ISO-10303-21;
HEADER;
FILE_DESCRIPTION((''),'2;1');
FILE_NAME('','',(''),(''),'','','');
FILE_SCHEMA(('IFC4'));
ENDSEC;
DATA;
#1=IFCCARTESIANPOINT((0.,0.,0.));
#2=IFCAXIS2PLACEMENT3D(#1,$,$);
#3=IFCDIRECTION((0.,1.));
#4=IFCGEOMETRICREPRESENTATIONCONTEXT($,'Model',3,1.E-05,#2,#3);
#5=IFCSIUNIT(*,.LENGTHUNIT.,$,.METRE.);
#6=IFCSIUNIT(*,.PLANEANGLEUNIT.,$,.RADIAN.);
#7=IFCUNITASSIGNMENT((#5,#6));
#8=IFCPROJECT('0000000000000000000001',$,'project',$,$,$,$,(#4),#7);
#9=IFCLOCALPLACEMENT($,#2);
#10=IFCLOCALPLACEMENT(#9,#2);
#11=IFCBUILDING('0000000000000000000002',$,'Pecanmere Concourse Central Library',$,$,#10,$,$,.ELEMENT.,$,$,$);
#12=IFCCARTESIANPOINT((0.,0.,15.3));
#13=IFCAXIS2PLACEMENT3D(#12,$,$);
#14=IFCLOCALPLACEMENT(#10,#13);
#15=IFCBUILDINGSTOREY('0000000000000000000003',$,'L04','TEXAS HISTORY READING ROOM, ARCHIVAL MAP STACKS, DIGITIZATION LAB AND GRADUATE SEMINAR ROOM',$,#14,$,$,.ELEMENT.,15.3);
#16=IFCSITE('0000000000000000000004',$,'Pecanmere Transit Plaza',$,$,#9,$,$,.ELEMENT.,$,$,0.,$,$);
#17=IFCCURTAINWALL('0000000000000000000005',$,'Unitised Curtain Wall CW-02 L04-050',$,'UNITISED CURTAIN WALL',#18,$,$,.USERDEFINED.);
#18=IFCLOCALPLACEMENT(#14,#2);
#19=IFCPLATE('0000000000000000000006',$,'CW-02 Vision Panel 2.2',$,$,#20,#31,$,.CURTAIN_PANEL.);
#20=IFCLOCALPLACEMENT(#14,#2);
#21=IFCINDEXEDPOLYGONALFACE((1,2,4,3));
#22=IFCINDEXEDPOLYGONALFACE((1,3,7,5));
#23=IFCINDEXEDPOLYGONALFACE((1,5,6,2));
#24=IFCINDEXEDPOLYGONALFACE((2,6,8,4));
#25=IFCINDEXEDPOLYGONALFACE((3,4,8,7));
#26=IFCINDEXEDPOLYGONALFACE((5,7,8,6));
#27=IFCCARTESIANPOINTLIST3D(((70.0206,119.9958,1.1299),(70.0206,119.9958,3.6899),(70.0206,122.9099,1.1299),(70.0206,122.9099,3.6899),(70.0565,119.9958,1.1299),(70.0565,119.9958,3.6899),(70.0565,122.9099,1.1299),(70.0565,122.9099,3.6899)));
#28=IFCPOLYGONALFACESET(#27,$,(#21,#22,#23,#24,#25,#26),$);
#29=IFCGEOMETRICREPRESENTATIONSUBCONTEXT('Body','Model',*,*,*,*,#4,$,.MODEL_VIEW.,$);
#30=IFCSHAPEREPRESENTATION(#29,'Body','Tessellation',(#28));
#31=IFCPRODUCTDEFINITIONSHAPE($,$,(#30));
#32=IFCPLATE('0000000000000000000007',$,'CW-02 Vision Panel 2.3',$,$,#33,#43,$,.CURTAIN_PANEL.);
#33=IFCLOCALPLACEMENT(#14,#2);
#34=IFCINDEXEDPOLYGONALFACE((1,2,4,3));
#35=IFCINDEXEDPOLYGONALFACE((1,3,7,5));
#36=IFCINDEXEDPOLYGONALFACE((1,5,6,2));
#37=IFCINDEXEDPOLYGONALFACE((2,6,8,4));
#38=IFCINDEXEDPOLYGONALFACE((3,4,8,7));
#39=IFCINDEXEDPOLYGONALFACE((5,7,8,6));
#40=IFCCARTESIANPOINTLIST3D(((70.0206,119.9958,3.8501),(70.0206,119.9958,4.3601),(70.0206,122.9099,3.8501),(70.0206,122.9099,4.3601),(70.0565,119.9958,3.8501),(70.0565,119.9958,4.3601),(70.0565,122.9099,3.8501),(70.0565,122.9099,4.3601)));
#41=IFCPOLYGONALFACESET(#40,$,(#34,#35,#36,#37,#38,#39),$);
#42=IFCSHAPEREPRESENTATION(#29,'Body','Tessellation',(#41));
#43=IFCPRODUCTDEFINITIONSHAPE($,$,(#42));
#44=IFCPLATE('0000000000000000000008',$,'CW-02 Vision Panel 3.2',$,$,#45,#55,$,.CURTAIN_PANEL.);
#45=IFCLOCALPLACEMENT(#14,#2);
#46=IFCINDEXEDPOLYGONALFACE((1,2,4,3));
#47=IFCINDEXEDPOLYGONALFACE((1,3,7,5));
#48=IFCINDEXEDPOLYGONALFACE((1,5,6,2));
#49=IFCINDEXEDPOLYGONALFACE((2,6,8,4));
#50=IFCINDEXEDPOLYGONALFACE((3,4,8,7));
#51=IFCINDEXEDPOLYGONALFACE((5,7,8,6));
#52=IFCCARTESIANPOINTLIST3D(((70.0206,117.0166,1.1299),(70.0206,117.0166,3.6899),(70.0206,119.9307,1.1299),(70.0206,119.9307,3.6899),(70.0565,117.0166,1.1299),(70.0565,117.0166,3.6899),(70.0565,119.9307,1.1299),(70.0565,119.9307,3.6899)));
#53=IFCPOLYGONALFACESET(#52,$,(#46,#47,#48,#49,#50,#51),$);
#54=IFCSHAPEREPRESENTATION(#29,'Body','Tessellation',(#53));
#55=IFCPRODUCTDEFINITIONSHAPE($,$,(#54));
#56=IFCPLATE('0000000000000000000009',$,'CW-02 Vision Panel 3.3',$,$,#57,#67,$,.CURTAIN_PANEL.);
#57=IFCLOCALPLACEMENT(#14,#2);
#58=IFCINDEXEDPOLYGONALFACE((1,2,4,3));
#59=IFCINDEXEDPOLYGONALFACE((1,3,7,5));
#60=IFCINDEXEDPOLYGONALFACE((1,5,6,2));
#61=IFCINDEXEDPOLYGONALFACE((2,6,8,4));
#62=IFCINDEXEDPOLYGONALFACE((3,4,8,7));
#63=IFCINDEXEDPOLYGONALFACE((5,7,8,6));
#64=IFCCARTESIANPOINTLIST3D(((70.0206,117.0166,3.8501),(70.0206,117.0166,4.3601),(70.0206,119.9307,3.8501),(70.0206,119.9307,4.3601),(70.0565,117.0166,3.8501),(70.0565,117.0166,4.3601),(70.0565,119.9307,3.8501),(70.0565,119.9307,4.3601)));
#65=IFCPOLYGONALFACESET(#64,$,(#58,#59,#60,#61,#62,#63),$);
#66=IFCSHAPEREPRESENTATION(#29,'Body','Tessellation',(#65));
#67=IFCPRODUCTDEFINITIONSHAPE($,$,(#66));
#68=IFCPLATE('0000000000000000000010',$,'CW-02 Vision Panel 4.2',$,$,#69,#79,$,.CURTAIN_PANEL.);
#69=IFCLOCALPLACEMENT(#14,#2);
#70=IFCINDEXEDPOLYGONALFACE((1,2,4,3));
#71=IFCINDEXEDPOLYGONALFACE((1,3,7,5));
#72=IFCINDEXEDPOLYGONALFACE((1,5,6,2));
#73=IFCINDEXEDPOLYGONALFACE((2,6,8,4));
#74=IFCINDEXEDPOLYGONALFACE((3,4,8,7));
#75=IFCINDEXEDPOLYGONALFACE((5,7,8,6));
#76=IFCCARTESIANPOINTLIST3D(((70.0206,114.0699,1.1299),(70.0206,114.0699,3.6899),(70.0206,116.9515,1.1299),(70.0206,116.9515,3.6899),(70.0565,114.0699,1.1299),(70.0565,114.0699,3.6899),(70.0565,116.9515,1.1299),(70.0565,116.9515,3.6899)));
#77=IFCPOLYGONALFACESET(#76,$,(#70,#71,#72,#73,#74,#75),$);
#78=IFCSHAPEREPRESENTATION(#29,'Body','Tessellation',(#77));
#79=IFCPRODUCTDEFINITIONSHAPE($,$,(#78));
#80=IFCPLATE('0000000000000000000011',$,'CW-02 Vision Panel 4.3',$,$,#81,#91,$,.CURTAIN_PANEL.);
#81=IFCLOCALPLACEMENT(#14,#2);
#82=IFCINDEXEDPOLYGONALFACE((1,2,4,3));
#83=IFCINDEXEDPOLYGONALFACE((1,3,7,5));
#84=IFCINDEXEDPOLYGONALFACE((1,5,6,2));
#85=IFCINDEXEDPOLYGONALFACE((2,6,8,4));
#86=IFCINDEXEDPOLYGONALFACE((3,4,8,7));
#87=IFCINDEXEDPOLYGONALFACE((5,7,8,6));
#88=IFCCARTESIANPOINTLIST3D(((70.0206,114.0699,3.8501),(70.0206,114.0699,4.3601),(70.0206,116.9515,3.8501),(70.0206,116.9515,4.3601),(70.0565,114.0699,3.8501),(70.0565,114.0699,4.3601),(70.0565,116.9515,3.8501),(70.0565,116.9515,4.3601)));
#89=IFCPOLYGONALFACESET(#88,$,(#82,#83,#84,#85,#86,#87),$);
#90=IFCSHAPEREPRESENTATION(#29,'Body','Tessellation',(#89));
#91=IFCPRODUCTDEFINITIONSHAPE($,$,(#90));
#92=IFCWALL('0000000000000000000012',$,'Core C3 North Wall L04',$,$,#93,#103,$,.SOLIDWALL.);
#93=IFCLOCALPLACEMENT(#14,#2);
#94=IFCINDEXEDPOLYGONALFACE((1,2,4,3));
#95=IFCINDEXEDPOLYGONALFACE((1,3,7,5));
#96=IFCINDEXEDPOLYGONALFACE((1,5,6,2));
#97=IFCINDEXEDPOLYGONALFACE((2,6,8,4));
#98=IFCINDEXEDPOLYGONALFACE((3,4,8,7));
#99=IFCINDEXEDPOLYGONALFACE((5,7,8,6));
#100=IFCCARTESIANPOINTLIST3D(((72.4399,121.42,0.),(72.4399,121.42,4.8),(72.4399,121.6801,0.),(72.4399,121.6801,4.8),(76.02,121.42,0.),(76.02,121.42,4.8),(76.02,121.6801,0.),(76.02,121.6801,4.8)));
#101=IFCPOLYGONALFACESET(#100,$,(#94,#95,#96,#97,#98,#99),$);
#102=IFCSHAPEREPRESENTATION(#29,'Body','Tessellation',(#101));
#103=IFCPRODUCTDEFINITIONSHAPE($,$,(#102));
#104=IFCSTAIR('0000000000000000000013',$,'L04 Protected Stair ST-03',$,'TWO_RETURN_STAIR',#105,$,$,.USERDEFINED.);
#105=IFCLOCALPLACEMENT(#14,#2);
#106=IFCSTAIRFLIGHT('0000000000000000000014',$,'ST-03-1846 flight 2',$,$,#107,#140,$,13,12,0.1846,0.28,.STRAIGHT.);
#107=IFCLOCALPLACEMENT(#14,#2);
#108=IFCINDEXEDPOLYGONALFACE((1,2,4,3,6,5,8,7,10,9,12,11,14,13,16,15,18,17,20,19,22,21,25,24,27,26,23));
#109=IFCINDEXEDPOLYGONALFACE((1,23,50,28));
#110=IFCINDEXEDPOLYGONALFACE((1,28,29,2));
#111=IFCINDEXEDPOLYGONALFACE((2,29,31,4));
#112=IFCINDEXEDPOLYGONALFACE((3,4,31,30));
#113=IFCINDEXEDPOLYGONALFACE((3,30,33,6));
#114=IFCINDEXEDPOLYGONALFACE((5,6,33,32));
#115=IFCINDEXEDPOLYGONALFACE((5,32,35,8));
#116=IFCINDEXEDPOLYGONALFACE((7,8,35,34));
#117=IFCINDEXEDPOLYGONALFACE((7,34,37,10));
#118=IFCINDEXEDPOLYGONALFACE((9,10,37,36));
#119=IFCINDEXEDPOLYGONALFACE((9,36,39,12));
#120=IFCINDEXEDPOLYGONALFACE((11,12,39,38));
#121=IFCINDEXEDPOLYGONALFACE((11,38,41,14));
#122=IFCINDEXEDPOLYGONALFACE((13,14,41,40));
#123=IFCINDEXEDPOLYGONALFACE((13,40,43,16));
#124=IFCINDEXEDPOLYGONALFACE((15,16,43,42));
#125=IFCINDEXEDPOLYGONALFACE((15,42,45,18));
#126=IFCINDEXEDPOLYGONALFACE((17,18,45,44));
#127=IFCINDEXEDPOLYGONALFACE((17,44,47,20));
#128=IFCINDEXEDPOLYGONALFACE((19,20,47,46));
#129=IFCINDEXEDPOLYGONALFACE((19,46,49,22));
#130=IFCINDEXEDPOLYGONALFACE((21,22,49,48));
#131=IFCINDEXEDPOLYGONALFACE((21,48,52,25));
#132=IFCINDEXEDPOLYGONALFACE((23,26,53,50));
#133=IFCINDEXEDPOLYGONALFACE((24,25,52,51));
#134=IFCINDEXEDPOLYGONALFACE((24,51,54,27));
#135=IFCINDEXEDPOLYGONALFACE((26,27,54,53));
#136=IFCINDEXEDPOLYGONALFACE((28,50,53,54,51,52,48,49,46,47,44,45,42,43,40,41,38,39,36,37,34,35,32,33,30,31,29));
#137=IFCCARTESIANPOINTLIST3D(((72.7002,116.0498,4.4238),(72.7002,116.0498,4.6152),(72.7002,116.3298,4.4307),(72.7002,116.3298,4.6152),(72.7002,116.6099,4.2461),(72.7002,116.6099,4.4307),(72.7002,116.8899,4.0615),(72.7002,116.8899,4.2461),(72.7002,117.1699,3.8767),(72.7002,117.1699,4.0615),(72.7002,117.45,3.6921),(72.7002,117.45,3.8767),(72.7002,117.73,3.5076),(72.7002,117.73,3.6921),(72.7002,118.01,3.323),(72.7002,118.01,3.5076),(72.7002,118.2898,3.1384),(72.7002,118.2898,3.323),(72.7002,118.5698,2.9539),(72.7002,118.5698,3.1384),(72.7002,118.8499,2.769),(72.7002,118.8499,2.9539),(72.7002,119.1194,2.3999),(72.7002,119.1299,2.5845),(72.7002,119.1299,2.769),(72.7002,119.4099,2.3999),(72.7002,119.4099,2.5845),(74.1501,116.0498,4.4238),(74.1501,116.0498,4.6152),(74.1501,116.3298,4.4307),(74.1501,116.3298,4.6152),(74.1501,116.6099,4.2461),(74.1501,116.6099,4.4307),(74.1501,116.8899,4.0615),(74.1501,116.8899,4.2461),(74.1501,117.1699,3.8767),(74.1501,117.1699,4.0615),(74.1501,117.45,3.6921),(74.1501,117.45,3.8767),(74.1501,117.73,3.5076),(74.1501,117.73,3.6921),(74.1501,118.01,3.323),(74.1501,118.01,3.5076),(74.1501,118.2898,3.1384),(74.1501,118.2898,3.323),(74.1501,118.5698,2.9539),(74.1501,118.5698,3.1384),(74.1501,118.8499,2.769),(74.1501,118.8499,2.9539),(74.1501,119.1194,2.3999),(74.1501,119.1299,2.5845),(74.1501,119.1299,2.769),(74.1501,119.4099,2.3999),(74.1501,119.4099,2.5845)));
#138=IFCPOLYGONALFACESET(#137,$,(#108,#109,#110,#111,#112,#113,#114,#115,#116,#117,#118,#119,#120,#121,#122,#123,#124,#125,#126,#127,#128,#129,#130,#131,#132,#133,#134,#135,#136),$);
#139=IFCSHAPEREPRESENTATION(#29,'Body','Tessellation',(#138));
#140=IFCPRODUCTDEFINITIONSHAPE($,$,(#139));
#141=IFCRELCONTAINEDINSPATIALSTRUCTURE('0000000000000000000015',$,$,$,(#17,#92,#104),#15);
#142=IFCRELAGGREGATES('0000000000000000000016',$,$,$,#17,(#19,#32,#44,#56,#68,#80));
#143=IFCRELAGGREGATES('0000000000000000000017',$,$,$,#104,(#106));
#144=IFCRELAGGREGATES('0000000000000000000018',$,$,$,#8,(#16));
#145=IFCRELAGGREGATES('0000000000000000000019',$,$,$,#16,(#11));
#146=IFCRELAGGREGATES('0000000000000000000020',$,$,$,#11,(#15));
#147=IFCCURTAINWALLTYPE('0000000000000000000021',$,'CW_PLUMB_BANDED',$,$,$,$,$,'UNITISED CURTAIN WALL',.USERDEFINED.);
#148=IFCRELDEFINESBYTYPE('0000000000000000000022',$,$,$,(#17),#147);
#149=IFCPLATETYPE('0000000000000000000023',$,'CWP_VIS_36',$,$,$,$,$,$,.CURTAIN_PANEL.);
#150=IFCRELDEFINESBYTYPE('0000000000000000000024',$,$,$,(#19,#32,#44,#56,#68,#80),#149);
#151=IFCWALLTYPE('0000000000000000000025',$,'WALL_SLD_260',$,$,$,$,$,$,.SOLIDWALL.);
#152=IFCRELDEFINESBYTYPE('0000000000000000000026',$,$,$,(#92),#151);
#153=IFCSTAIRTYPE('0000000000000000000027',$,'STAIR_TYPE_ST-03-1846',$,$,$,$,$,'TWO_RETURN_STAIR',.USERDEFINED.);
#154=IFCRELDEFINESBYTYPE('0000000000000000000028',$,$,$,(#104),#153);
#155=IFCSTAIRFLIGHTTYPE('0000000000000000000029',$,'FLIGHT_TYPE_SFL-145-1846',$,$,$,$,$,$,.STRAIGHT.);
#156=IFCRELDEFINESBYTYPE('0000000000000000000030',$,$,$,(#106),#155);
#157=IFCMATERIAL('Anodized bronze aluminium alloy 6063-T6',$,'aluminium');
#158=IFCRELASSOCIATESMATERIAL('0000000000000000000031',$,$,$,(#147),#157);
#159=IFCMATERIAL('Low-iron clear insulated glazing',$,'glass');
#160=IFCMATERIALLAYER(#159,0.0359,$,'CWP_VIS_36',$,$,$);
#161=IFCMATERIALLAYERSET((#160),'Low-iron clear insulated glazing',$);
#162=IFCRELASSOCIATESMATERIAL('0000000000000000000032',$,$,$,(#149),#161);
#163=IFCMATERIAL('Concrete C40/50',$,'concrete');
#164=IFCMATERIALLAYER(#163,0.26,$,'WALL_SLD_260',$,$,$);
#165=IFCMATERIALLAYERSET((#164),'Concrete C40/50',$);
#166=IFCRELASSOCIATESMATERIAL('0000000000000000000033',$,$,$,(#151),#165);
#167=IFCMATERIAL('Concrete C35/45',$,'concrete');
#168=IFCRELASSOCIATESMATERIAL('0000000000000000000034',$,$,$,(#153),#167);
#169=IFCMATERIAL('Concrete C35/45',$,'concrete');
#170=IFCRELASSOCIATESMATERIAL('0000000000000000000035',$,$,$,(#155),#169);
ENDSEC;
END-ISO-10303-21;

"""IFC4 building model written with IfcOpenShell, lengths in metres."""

from ifc_helpers import new_model, si_unit, direction, frame, frame_2d, origin, origin_2d, place, context, subcontext, project, spatial, polyline, rectangle, outline, extrude, material, layer, layer_set, type_object, element, aggregate, save


model = new_model("IFC4")

# Units and contexts
model_context = context("Model", 3, precision=1e-05, world=origin(), true_north=direction((0.0, 1.0)))
body_context = subcontext(model_context, "Body", "Model", "MODEL_VIEW")
ifc_project = project(units=[si_unit("LENGTHUNIT", "METRE"), si_unit("PLANEANGLEUNIT", "RADIAN")], contexts=[model_context])

# Site, building, storey
site_placement = place(None, origin())
site = spatial("IfcSite", under=ifc_project, at=site_placement, Name="Pecanmere Transit Plaza", CompositionType="ELEMENT", RefElevation=0.0)
building_placement = place(site_placement, origin())
building = spatial("IfcBuilding", under=site, at=building_placement, Name="Pecanmere Concourse Central Library", CompositionType="ELEMENT")
storey_placement = place(building_placement, frame((0.0, 0.0, 15.3)))
storey = spatial("IfcBuildingStorey", under=building, at=storey_placement, Name="L04", Description="TEXAS HISTORY READING ROOM, ARCHIVAL MAP STACKS, DIGITIZATION LAB AND GRADUATE SEMINAR ROOM", CompositionType="ELEMENT", Elevation=15.3)

# Curtain wall, plates
ifc_material_1 = material(Name="Anodized bronze aluminium alloy 6063-T6", Category="aluminium")
curtain_wall_type = type_object("IfcCurtainWallType", Name="CW_PLUMB_BANDED", ElementType="UNITISED CURTAIN WALL", PredefinedType="USERDEFINED", material=ifc_material_1)
curtain_wall_placement = place(storey_placement, origin())
curtain_wall = element("IfcCurtainWall", 1, at=curtain_wall_placement, inside=storey, type_object=curtain_wall_type, Name="Unitised Curtain Wall CW-02 L04-050", ObjectType="UNITISED CURTAIN WALL", PredefinedType="USERDEFINED")
ifc_material_2 = material(Name="Low-iron clear insulated glazing", Category="glass")
ifc_layer_1 = layer(ifc_material_2, 0.0359, Name="CWP_VIS_36")
ifc_layer_set_1 = layer_set([ifc_layer_1], Name="Low-iron clear insulated glazing")
plate_type_1 = type_object("IfcPlateType", Name="CWP_VIS_36", PredefinedType="CURTAIN_PANEL", material=ifc_layer_set_1)
plate_1_placement = place(storey_placement, frame((70.0386, 121.4529, 1.1299), z_axis=(0.0, 0.0, 1.0), x_axis=(0.0, -1.0, 0.0)))
plate_1 = element("IfcPlate", 2, at=plate_1_placement, type_object=plate_type_1, Name="CW-02 Vision Panel 2.2", PredefinedType="CURTAIN_PANEL", context=body_context, shape_type="SweptSolid", body=[
    extrude(rectangle(XDim=2.9141, YDim=0.0359, at=origin_2d()), origin(), (0.0, 0.0, 1.0), 2.5601),
])
plate_2_placement = place(storey_placement, frame((70.0386, 121.4529, 3.8501), z_axis=(0.0, 0.0, 1.0), x_axis=(0.0, -1.0, 0.0)))
plate_2 = element("IfcPlate", 3, at=plate_2_placement, type_object=plate_type_1, Name="CW-02 Vision Panel 2.3", PredefinedType="CURTAIN_PANEL", context=body_context, shape_type="SweptSolid", body=[
    extrude(rectangle(XDim=2.9141, YDim=0.0359, at=origin_2d()), origin(), (0.0, 0.0, 1.0), 0.51),
])
plate_3_placement = place(storey_placement, frame((70.0386, 118.4736, 1.1299), z_axis=(0.0, 0.0, 1.0), x_axis=(0.0, -1.0, 0.0)))
plate_3 = element("IfcPlate", 4, at=plate_3_placement, type_object=plate_type_1, Name="CW-02 Vision Panel 3.2", PredefinedType="CURTAIN_PANEL", context=body_context, shape_type="SweptSolid", body=[
    extrude(rectangle(XDim=2.9141, YDim=0.0359, at=origin_2d()), origin(), (0.0, 0.0, 1.0), 2.5601),
])
plate_4_placement = place(storey_placement, frame((70.0386, 118.4736, 3.8501), z_axis=(0.0, 0.0, 1.0), x_axis=(0.0, -1.0, 0.0)))
plate_4 = element("IfcPlate", 5, at=plate_4_placement, type_object=plate_type_1, Name="CW-02 Vision Panel 3.3", PredefinedType="CURTAIN_PANEL", context=body_context, shape_type="SweptSolid", body=[
    extrude(rectangle(XDim=2.9141, YDim=0.0359, at=origin_2d()), origin(), (0.0, 0.0, 1.0), 0.51),
])
plate_5_placement = place(storey_placement, frame((70.0386, 115.5107, 1.1299), z_axis=(0.0, 0.0, 1.0), x_axis=(0.0, -1.0, 0.0)))
plate_5 = element("IfcPlate", 6, at=plate_5_placement, type_object=plate_type_1, Name="CW-02 Vision Panel 4.2", PredefinedType="CURTAIN_PANEL", context=body_context, shape_type="SweptSolid", body=[
    extrude(rectangle(XDim=2.8816, YDim=0.0359, at=origin_2d()), origin(), (0.0, 0.0, 1.0), 2.5601),
])
plate_6_placement = place(storey_placement, frame((70.0386, 115.5107, 3.8501), z_axis=(0.0, 0.0, 1.0), x_axis=(0.0, -1.0, 0.0)))
plate_6 = element("IfcPlate", 7, at=plate_6_placement, type_object=plate_type_1, Name="CW-02 Vision Panel 4.3", PredefinedType="CURTAIN_PANEL", context=body_context, shape_type="SweptSolid", body=[
    extrude(rectangle(XDim=2.8816, YDim=0.0359, at=origin_2d()), origin(), (0.0, 0.0, 1.0), 0.51),
])
aggregate(curtain_wall, [plate_1, plate_2, plate_3, plate_4, plate_5, plate_6])

# Wall
ifc_material_3 = material(Name="Concrete C40/50", Category="concrete")
ifc_layer_2 = layer(ifc_material_3, 0.26, Name="WALL_SLD_260")
ifc_layer_set_2 = layer_set([ifc_layer_2], Name="Concrete C40/50")
wall_type = type_object("IfcWallType", Name="WALL_SLD_260", PredefinedType="SOLIDWALL", material=ifc_layer_set_2)
wall_placement = place(storey_placement, frame((72.4399, 121.55, 0.0), z_axis=(0.0, 0.0, 1.0), x_axis=(1.0, 0.0, 0.0)))
element("IfcWall", 8, at=wall_placement, inside=storey, type_object=wall_type, Name="Core C3 North Wall L04", PredefinedType="SOLIDWALL", context=body_context, shape_type="SweptSolid", body=[
    extrude(rectangle(XDim=3.5801, YDim=0.26, at=frame_2d((1.79, 0.0))), origin(), (0.0, 0.0, 1.0), 4.8),
])

# Stair, stair flight
ifc_material_4 = material(Name="Concrete C35/45", Category="concrete")
stair_type = type_object("IfcStairType", Name="STAIR_TYPE_ST-03-1846", ElementType="TWO_RETURN_STAIR", PredefinedType="USERDEFINED", material=ifc_material_4)
stair_placement = place(storey_placement, origin())
stair = element("IfcStair", 9, at=stair_placement, inside=storey, type_object=stair_type, Name="L04 Protected Stair ST-03", ObjectType="TWO_RETURN_STAIR", PredefinedType="USERDEFINED")
ifc_material_5 = material(Name="Concrete C35/45", Category="concrete")
stair_flight_type = type_object("IfcStairFlightType", Name="FLIGHT_TYPE_SFL-145-1846", PredefinedType="STRAIGHT", material=ifc_material_5)
stair_flight_placement = place(storey_placement, frame((73.425, 119.4099, 2.3999), z_axis=(0.0, 0.0, 1.0), x_axis=(0.0, -1.0, 0.0)))
stair_flight = element("IfcStairFlight", 10, at=stair_flight_placement, type_object=stair_flight_type, Name="ST-03-1846 flight 2", NumberOfRisers=13, NumberOfTreads=12, PredefinedType="STRAIGHT", RiserHeight=0.1846, TreadLength=0.28, context=body_context, shape_type="SweptSolid", body=[
    extrude(outline(polyline([(0.0, 0.0), (0.0, 0.1846), (0.28, 0.1846), (0.28, 0.3691), (0.5601, 0.3691), (0.5601, 0.554), (0.8401, 0.554), (0.8401, 0.7385), (1.1201, 0.7385), (1.1201, 0.9231), (1.3999, 0.9231), (1.3999, 1.1077), (1.6799, 1.1077), (1.6799, 1.2922), (1.96, 1.2922), (1.96, 1.4768), (2.24, 1.4768), (2.24, 1.6616), (2.52, 1.6616), (2.52, 1.8462), (2.8, 1.8462), (2.8, 2.0308), (3.0801, 2.0308), (3.0801, 2.2153), (3.3601, 2.2153), (3.3601, 2.3999), (3.3601, 2.0239), (0.2905, 0.0), (0.0, 0.0)])), frame((0.0, 0.7251, 0.0), z_axis=(0.0, -1.0, 0.0), x_axis=(1.0, 0.0, 0.0)), (0.0, 0.0, 1.0), 1.45),
])
aggregate(stair, [stair_flight])

save(model, "model.ifc")
